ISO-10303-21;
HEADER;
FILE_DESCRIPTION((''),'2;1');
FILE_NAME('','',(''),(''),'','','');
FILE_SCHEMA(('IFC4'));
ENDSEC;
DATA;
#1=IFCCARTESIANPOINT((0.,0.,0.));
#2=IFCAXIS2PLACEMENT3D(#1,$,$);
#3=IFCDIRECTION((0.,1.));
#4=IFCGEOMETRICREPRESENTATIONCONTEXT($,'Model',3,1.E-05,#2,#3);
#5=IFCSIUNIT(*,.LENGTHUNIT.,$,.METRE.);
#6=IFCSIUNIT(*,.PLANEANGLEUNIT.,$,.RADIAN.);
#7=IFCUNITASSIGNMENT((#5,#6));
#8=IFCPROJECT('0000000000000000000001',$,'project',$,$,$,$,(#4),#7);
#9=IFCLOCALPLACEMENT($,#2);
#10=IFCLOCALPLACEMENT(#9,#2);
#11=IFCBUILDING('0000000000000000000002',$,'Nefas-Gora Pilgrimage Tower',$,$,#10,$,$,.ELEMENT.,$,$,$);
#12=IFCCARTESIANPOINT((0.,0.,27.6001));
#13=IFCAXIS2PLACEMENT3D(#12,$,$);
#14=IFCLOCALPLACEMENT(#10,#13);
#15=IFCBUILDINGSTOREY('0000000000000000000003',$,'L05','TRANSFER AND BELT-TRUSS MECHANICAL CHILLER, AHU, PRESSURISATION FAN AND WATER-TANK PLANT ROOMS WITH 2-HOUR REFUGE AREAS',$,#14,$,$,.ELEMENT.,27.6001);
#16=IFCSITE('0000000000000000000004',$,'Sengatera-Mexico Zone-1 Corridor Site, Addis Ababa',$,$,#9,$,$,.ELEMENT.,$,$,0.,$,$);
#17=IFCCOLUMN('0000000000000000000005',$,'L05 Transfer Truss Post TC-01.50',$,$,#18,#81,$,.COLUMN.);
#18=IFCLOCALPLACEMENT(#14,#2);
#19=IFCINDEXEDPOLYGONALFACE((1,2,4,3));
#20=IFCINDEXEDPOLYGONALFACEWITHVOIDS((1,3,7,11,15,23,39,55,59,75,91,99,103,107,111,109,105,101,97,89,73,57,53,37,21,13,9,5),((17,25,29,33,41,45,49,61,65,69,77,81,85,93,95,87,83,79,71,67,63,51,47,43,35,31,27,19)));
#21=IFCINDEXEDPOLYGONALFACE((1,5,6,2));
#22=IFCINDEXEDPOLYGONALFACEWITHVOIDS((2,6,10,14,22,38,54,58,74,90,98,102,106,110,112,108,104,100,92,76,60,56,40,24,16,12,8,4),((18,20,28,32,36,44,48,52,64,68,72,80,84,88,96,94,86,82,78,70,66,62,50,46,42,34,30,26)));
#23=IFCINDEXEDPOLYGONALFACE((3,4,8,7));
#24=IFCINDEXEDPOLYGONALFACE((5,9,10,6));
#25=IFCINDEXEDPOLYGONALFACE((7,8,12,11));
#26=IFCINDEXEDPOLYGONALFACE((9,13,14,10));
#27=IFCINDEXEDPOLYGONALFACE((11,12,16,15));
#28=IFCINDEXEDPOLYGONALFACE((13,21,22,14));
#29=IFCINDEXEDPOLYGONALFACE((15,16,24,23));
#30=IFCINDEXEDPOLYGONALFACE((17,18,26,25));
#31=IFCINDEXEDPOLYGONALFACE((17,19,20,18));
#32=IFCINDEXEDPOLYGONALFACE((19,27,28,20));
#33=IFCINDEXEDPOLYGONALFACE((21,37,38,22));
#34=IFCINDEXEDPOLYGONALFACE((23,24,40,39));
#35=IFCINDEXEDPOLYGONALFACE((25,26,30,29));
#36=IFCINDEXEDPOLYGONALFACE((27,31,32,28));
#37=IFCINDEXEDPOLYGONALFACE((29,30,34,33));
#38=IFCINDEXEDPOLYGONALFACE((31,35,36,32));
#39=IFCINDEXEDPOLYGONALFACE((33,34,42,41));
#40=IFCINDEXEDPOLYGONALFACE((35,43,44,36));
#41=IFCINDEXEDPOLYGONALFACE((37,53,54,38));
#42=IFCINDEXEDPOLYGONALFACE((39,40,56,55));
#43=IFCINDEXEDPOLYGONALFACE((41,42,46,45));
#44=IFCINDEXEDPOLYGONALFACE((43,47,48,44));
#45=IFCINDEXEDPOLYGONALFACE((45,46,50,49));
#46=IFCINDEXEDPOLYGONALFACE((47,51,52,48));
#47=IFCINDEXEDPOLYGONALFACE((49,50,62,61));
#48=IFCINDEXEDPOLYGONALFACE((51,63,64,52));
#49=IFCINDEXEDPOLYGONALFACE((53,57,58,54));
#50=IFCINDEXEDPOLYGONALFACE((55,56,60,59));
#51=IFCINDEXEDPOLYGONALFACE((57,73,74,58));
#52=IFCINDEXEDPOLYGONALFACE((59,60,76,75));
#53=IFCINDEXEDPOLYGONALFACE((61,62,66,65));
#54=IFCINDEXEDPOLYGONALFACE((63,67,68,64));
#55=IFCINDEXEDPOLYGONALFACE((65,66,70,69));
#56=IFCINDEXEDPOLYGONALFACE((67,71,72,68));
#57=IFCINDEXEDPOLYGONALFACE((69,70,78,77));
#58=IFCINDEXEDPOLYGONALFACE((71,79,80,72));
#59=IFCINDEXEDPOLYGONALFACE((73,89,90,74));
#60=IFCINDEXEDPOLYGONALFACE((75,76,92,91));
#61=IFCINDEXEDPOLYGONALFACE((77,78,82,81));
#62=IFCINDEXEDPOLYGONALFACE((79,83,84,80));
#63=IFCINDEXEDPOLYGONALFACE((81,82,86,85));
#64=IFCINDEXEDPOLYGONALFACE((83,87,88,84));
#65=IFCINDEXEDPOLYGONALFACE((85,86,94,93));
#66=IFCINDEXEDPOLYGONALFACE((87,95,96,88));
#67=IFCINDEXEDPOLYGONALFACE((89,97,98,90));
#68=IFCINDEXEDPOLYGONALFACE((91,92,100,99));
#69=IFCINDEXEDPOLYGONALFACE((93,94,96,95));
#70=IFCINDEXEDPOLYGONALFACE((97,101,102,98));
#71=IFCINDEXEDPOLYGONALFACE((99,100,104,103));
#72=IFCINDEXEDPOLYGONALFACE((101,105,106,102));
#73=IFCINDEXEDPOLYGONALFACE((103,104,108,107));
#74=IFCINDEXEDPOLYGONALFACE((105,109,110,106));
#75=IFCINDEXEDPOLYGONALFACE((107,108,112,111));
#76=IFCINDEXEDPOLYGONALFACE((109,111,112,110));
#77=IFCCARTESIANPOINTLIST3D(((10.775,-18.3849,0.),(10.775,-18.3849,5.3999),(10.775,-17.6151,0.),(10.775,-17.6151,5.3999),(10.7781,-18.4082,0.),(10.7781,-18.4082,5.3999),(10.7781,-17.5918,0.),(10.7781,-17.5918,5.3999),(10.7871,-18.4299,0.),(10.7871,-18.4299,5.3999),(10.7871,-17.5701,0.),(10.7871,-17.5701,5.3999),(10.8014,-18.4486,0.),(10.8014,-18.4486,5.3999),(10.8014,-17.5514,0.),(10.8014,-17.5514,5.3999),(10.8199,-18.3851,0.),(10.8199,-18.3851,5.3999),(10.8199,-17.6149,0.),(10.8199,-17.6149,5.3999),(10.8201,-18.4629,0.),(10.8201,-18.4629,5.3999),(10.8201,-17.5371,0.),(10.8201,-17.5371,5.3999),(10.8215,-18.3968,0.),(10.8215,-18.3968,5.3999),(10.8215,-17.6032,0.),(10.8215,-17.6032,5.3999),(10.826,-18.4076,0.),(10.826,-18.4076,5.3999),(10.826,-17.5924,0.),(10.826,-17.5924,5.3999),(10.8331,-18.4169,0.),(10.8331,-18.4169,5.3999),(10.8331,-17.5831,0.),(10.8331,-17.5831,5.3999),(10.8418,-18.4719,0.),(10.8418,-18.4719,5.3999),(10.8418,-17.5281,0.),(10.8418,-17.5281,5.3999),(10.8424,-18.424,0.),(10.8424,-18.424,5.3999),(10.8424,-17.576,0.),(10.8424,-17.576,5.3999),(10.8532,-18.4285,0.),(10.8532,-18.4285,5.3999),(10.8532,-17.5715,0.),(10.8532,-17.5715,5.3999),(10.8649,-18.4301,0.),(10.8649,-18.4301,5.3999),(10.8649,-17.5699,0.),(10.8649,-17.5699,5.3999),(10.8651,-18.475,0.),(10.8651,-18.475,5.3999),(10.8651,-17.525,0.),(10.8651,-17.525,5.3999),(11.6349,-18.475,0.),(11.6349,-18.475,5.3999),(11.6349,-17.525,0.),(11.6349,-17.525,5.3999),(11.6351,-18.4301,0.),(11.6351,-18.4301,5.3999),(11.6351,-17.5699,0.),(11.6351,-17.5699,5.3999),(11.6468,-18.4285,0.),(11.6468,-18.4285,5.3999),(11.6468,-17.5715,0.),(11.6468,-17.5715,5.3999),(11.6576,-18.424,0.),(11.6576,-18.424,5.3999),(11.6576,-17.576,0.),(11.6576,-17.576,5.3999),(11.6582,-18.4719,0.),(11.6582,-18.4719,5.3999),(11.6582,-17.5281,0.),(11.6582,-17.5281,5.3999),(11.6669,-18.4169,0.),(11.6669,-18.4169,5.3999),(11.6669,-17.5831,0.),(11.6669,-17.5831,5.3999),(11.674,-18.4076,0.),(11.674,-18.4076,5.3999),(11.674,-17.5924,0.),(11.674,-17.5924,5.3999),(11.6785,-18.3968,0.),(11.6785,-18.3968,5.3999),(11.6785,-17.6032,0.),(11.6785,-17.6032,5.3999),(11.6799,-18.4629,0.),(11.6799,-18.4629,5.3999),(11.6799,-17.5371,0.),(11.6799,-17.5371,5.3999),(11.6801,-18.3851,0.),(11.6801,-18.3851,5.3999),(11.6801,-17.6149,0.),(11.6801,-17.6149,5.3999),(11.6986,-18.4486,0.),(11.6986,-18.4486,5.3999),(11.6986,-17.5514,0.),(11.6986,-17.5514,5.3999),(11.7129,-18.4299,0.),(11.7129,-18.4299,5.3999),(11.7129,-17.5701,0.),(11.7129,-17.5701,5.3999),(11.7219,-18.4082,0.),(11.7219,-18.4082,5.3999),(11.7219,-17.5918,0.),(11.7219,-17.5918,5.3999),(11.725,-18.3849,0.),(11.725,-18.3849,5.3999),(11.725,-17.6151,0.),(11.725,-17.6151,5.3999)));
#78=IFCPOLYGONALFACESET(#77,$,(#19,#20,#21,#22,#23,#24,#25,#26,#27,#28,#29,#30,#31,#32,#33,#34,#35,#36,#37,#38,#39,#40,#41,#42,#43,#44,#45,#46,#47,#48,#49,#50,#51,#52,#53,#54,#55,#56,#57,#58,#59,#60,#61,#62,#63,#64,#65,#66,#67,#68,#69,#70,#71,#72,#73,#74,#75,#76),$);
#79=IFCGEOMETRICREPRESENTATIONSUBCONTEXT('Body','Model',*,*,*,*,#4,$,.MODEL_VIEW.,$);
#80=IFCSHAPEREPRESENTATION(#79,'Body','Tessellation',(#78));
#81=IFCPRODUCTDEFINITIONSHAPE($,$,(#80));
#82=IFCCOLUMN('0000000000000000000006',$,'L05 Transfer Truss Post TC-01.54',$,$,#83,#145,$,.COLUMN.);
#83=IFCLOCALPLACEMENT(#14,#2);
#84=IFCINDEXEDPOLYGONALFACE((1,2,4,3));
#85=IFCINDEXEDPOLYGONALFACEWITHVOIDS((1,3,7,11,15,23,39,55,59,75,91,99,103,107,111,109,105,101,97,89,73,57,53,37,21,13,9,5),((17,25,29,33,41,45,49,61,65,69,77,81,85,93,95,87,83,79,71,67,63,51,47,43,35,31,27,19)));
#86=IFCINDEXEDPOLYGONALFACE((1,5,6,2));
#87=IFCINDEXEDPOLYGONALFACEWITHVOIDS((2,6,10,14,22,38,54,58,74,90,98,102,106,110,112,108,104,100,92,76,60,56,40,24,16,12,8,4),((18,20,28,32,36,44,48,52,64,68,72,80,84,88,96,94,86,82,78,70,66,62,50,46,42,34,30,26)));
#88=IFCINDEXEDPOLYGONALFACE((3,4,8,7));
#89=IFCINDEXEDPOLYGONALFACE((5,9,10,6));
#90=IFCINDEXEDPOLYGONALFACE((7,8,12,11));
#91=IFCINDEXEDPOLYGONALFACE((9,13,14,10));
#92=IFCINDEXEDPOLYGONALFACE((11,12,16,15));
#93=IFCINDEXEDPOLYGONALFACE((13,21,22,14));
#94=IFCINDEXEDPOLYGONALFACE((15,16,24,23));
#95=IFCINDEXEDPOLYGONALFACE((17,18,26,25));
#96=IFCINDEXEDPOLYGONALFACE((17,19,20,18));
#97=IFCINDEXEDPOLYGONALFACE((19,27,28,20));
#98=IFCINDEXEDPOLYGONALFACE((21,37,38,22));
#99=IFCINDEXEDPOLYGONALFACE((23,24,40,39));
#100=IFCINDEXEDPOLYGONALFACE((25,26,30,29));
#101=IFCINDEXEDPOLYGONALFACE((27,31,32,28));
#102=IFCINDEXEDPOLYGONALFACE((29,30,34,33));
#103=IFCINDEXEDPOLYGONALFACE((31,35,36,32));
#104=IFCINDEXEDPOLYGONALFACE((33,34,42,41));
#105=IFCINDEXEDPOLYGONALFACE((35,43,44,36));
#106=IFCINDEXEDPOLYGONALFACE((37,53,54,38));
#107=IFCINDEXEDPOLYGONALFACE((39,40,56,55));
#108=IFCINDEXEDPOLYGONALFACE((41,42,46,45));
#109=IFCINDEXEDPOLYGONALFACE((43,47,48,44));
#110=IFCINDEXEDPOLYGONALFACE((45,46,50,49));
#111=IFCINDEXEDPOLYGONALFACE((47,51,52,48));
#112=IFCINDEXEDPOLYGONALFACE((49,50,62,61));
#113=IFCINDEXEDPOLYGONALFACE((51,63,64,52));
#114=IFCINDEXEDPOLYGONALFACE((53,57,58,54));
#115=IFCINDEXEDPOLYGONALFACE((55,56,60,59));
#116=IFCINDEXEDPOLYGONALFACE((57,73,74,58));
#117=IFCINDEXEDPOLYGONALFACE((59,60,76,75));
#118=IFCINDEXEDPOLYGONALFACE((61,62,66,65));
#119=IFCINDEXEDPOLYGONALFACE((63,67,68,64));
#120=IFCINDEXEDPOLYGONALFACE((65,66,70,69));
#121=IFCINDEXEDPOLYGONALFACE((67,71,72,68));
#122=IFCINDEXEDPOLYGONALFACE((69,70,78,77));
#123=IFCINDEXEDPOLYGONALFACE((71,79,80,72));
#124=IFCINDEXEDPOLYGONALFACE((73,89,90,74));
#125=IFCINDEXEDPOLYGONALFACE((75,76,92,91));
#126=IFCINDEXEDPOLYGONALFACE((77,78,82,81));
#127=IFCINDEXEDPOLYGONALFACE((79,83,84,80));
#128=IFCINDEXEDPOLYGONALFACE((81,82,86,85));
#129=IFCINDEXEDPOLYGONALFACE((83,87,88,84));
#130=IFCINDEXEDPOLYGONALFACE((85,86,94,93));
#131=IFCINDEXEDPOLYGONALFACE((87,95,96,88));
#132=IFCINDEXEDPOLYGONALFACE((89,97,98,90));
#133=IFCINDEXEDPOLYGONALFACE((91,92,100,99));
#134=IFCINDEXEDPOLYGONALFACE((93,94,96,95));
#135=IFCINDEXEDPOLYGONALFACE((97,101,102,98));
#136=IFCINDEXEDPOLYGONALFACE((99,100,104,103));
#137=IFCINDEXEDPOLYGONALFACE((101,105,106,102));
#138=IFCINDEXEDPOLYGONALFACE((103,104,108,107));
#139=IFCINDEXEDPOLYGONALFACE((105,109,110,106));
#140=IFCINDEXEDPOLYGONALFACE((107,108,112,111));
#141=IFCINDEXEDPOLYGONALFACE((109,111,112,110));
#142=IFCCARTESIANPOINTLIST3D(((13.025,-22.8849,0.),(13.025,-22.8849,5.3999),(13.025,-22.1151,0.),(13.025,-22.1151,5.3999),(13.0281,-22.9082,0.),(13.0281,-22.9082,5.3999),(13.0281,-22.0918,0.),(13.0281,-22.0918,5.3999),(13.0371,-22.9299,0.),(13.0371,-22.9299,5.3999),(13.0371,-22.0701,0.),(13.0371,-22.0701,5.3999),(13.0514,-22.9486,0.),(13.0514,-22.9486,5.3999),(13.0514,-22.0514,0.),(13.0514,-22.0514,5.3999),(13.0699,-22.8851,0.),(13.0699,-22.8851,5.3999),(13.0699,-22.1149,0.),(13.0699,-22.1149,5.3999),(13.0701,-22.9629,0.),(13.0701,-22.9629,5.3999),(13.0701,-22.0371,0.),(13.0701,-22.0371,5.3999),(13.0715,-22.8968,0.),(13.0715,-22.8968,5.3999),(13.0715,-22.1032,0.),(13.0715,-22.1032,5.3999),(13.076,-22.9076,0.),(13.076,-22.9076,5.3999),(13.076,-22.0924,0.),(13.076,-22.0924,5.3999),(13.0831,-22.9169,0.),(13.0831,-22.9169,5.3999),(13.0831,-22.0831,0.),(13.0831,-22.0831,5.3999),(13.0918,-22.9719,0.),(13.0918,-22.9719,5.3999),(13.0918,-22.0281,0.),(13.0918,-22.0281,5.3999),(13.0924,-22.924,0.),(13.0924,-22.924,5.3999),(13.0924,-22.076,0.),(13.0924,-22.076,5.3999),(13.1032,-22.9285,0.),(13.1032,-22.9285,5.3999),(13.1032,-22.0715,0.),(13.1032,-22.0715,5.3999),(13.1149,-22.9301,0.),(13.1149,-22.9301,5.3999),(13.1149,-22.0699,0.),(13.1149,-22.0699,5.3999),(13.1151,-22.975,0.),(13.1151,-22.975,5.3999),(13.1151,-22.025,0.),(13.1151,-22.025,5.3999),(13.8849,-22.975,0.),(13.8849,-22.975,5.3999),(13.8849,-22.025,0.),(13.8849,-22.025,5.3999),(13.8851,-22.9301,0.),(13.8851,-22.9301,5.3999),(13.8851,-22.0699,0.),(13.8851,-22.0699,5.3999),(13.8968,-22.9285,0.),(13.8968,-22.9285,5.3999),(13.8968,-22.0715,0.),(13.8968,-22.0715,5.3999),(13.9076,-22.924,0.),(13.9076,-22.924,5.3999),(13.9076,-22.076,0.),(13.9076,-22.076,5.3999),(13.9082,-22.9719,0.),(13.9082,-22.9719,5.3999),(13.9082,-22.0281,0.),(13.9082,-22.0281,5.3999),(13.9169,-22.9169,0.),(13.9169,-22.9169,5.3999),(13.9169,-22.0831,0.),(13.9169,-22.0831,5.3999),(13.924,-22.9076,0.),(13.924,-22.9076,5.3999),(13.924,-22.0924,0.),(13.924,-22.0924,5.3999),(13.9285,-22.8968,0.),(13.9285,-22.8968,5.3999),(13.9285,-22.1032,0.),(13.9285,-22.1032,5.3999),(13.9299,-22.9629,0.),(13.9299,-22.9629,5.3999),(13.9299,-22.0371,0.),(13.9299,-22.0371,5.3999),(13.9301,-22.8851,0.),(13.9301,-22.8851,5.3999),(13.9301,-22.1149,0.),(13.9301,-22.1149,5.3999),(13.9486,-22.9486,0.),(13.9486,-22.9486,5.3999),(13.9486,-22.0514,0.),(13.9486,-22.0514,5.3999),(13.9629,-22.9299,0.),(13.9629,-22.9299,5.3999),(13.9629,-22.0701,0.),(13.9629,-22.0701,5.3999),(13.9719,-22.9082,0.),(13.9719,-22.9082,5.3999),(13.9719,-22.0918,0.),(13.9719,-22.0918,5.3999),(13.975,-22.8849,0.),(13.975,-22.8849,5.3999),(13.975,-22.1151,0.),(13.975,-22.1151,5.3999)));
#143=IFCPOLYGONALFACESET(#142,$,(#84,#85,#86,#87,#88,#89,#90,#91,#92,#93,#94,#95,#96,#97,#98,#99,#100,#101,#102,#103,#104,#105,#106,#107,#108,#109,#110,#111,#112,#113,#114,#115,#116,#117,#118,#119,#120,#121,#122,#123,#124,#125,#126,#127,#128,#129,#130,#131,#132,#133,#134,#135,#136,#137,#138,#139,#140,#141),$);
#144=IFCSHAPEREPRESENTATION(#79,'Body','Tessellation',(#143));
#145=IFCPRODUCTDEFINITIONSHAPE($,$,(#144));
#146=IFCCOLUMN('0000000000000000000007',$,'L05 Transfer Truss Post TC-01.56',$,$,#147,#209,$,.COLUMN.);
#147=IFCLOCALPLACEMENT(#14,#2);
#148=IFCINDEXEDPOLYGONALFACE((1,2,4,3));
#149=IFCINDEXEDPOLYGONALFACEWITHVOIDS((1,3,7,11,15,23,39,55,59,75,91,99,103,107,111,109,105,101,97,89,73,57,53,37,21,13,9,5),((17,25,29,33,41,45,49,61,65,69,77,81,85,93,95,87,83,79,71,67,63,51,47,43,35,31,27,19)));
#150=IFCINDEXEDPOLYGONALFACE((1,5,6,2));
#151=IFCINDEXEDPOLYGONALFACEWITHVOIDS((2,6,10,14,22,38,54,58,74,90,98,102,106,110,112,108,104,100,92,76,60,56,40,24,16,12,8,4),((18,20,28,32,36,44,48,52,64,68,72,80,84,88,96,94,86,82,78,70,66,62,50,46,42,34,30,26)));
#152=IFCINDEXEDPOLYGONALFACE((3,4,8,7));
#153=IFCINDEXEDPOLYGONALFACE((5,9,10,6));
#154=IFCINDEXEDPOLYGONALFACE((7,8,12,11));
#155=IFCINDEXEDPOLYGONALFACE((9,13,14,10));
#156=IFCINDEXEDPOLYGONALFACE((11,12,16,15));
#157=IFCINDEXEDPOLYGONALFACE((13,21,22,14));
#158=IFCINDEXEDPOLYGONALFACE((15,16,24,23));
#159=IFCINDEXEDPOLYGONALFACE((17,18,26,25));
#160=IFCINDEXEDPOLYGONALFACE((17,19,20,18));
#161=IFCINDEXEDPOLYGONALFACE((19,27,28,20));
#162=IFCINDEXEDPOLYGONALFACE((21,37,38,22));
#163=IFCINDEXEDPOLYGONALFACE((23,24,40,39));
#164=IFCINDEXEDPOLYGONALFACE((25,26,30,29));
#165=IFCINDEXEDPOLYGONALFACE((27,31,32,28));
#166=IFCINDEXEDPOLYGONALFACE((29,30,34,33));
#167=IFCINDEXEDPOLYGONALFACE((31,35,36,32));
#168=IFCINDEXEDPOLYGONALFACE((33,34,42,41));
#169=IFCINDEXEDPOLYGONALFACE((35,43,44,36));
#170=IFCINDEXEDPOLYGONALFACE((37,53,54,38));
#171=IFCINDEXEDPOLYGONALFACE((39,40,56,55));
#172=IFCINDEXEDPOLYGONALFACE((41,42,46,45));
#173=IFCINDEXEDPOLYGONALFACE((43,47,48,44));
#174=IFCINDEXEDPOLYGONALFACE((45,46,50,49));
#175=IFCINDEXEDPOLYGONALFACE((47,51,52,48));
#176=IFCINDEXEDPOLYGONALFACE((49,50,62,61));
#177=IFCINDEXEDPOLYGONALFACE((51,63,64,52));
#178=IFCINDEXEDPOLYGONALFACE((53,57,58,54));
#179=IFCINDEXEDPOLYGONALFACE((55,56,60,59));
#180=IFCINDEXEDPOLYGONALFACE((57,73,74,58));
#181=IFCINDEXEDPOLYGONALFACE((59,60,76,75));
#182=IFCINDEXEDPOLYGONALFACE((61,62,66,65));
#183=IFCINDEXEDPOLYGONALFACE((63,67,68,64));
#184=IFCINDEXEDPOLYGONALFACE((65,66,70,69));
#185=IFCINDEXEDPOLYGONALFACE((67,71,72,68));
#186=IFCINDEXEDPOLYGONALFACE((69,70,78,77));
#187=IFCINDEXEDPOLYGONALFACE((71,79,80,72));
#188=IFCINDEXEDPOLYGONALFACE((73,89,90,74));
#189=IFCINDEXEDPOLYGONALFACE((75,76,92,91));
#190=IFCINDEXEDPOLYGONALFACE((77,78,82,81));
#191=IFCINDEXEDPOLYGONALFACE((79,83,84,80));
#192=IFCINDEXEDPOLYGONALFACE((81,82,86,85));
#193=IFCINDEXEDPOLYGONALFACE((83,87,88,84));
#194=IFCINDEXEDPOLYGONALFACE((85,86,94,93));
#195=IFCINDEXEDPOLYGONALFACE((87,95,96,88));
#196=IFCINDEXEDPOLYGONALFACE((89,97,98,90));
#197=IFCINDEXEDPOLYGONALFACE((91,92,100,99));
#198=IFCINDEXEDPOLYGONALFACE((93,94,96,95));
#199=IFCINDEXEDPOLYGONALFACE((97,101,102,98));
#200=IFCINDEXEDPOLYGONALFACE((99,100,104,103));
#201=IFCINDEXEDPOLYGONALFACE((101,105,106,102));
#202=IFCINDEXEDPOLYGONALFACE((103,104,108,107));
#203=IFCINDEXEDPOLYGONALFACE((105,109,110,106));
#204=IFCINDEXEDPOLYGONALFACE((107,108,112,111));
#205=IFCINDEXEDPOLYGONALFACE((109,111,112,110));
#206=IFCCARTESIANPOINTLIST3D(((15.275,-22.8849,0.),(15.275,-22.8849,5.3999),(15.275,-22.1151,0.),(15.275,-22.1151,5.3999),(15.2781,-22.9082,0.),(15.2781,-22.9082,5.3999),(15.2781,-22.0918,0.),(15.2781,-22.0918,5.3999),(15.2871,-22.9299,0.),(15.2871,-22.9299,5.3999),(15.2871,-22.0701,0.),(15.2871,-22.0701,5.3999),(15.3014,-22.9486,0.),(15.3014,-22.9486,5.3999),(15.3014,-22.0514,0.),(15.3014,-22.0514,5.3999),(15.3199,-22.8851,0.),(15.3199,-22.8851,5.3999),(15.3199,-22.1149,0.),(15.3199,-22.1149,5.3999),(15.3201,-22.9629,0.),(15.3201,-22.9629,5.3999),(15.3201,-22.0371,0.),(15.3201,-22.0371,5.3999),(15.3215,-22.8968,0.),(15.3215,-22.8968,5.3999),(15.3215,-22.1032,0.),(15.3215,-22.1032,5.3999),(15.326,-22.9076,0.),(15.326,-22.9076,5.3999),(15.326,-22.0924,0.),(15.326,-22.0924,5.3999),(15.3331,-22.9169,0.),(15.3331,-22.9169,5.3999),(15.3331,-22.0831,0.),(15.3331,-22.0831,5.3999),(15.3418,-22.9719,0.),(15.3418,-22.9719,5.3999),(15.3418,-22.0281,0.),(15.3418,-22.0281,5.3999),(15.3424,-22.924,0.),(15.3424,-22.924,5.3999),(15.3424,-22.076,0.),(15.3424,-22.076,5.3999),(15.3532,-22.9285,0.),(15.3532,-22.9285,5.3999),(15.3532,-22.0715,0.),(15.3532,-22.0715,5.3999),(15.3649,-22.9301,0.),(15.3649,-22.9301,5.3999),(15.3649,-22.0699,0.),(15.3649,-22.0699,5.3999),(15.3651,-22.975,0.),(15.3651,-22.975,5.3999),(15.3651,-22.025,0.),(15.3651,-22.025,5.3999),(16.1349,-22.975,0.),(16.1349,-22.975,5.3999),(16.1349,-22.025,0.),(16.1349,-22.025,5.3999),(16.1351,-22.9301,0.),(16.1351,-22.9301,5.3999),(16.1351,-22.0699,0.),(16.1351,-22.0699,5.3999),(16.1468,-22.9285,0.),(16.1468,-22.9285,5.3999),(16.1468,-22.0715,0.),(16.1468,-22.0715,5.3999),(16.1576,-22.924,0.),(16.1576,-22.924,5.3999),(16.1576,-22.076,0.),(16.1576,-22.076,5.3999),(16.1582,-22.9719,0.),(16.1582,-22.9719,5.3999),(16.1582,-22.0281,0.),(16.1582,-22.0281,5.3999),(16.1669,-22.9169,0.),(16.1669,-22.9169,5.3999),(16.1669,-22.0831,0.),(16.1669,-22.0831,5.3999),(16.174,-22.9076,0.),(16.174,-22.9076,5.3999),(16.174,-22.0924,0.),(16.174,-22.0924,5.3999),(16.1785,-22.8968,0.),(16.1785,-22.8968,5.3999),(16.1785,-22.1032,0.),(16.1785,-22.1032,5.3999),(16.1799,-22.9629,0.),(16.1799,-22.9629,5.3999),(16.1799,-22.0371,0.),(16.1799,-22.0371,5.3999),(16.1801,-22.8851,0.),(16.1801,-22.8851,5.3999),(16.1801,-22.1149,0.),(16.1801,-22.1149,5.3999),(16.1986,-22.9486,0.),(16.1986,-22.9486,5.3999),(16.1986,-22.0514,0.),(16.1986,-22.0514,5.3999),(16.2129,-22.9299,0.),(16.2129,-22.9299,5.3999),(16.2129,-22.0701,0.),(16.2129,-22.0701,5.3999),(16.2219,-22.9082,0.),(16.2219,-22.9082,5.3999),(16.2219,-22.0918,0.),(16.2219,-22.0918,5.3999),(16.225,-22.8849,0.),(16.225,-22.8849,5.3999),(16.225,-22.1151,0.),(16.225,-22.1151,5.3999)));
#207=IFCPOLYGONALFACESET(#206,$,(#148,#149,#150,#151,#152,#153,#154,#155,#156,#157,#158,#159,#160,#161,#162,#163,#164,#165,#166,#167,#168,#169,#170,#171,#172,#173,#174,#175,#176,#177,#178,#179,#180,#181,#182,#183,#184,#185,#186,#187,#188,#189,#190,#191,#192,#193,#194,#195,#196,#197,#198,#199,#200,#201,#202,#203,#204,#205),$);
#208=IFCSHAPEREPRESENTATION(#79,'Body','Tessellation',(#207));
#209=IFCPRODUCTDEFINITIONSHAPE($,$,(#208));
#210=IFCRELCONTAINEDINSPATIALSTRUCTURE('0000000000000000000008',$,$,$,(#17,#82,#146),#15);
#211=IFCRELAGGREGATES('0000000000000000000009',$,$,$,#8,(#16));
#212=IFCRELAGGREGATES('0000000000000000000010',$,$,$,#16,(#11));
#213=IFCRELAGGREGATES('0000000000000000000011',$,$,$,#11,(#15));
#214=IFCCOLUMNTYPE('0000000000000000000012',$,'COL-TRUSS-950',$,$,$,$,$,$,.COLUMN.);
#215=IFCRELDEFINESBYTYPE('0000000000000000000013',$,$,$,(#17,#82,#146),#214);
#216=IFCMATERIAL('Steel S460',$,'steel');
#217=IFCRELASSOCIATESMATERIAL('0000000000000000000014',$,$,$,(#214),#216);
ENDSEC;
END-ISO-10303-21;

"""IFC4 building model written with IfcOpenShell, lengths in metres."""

from ifc_helpers import new_model, si_unit, direction, frame, origin, origin_2d, place, context, subcontext, project, spatial, hollow_rectangle, extrude, source, transform, mapped, material, material_profile, profile_set, type_object, element, save


model = new_model("IFC4")

# Units and contexts
model_context = context("Model", 3, precision=1e-05, world=origin(), true_north=direction((0.0, 1.0)))
body_context = subcontext(model_context, "Body", "Model", "MODEL_VIEW")
ifc_project = project(units=[si_unit("LENGTHUNIT", "METRE"), si_unit("PLANEANGLEUNIT", "RADIAN")], contexts=[model_context])

# Site, building, storey
site_placement = place(None, origin())
site = spatial("IfcSite", under=ifc_project, at=site_placement, Name="Sengatera-Mexico Zone-1 Corridor Site, Addis Ababa", CompositionType="ELEMENT", RefElevation=0.0)
building_placement = place(site_placement, origin())
building = spatial("IfcBuilding", under=site, at=building_placement, Name="Nefas-Gora Pilgrimage Tower", CompositionType="ELEMENT")
storey_placement = place(building_placement, frame((0.0, 0.0, 27.6001)))
storey = spatial("IfcBuildingStorey", under=building, at=storey_placement, Name="L05", Description="TRANSFER AND BELT-TRUSS MECHANICAL CHILLER, AHU, PRESSURISATION FAN AND WATER-TANK PLANT ROOMS WITH 2-HOUR REFUGE AREAS", CompositionType="ELEMENT", Elevation=27.6001)

# Columns
ifc_material = material(Name="Steel S460", Category="steel")
ifc_material_profile_1 = material_profile(ifc_material, hollow_rectangle(XDim=0.95, YDim=0.95, WallThickness=0.0449, InnerFilletRadius=0.0449, OuterFilletRadius=0.0901, at=origin_2d()), Name="BOX 950x950x45")
ifc_profile_set_1 = profile_set([ifc_material_profile_1], Name="Steel S460")
column_type = type_object("IfcColumnType", Name="COL-TRUSS-950", PredefinedType="COLUMN", material=ifc_profile_set_1)
shared_shape_1 = source(origin(), body_context, "Body", "SweptSolid", [
    extrude(hollow_rectangle(XDim=0.95, YDim=0.95, WallThickness=0.0449, InnerFilletRadius=0.0449, OuterFilletRadius=0.0901, at=origin_2d()), origin(), (0.0, 0.0, 1.0), 5.3999),
])
for number, where, z_axis, x_axis, name in (
    (1, (11.25, -18.0, 0.0), (0.0, 0.0, 1.0), (1.0, 0.0, 0.0), "L05 Transfer Truss Post TC-01.50"),
    (2, (13.5, -22.5, 0.0), (0.0, 0.0, 1.0), (1.0, 0.0, 0.0), "L05 Transfer Truss Post TC-01.54"),
    (3, (15.75, -22.5, 0.0), (0.0, 0.0, 1.0), (1.0, 0.0, 0.0), "L05 Transfer Truss Post TC-01.56"),
):
    element("IfcColumn", number, at=place(storey_placement, frame(where, z_axis=z_axis, x_axis=x_axis)), inside=storey, type_object=column_type, Name=name, PredefinedType="COLUMN", context=body_context, shape_type="MappedRepresentation", body=[
        mapped(shared_shape_1, transform((0.0, 0.0, 0.0), x_axis=(1.0, 0.0, 0.0), y_axis=(0.0, 1.0, 0.0), z_axis=(0.0, 0.0, 1.0), scale=1.0)),
    ])

save(model, "model.ifc")
